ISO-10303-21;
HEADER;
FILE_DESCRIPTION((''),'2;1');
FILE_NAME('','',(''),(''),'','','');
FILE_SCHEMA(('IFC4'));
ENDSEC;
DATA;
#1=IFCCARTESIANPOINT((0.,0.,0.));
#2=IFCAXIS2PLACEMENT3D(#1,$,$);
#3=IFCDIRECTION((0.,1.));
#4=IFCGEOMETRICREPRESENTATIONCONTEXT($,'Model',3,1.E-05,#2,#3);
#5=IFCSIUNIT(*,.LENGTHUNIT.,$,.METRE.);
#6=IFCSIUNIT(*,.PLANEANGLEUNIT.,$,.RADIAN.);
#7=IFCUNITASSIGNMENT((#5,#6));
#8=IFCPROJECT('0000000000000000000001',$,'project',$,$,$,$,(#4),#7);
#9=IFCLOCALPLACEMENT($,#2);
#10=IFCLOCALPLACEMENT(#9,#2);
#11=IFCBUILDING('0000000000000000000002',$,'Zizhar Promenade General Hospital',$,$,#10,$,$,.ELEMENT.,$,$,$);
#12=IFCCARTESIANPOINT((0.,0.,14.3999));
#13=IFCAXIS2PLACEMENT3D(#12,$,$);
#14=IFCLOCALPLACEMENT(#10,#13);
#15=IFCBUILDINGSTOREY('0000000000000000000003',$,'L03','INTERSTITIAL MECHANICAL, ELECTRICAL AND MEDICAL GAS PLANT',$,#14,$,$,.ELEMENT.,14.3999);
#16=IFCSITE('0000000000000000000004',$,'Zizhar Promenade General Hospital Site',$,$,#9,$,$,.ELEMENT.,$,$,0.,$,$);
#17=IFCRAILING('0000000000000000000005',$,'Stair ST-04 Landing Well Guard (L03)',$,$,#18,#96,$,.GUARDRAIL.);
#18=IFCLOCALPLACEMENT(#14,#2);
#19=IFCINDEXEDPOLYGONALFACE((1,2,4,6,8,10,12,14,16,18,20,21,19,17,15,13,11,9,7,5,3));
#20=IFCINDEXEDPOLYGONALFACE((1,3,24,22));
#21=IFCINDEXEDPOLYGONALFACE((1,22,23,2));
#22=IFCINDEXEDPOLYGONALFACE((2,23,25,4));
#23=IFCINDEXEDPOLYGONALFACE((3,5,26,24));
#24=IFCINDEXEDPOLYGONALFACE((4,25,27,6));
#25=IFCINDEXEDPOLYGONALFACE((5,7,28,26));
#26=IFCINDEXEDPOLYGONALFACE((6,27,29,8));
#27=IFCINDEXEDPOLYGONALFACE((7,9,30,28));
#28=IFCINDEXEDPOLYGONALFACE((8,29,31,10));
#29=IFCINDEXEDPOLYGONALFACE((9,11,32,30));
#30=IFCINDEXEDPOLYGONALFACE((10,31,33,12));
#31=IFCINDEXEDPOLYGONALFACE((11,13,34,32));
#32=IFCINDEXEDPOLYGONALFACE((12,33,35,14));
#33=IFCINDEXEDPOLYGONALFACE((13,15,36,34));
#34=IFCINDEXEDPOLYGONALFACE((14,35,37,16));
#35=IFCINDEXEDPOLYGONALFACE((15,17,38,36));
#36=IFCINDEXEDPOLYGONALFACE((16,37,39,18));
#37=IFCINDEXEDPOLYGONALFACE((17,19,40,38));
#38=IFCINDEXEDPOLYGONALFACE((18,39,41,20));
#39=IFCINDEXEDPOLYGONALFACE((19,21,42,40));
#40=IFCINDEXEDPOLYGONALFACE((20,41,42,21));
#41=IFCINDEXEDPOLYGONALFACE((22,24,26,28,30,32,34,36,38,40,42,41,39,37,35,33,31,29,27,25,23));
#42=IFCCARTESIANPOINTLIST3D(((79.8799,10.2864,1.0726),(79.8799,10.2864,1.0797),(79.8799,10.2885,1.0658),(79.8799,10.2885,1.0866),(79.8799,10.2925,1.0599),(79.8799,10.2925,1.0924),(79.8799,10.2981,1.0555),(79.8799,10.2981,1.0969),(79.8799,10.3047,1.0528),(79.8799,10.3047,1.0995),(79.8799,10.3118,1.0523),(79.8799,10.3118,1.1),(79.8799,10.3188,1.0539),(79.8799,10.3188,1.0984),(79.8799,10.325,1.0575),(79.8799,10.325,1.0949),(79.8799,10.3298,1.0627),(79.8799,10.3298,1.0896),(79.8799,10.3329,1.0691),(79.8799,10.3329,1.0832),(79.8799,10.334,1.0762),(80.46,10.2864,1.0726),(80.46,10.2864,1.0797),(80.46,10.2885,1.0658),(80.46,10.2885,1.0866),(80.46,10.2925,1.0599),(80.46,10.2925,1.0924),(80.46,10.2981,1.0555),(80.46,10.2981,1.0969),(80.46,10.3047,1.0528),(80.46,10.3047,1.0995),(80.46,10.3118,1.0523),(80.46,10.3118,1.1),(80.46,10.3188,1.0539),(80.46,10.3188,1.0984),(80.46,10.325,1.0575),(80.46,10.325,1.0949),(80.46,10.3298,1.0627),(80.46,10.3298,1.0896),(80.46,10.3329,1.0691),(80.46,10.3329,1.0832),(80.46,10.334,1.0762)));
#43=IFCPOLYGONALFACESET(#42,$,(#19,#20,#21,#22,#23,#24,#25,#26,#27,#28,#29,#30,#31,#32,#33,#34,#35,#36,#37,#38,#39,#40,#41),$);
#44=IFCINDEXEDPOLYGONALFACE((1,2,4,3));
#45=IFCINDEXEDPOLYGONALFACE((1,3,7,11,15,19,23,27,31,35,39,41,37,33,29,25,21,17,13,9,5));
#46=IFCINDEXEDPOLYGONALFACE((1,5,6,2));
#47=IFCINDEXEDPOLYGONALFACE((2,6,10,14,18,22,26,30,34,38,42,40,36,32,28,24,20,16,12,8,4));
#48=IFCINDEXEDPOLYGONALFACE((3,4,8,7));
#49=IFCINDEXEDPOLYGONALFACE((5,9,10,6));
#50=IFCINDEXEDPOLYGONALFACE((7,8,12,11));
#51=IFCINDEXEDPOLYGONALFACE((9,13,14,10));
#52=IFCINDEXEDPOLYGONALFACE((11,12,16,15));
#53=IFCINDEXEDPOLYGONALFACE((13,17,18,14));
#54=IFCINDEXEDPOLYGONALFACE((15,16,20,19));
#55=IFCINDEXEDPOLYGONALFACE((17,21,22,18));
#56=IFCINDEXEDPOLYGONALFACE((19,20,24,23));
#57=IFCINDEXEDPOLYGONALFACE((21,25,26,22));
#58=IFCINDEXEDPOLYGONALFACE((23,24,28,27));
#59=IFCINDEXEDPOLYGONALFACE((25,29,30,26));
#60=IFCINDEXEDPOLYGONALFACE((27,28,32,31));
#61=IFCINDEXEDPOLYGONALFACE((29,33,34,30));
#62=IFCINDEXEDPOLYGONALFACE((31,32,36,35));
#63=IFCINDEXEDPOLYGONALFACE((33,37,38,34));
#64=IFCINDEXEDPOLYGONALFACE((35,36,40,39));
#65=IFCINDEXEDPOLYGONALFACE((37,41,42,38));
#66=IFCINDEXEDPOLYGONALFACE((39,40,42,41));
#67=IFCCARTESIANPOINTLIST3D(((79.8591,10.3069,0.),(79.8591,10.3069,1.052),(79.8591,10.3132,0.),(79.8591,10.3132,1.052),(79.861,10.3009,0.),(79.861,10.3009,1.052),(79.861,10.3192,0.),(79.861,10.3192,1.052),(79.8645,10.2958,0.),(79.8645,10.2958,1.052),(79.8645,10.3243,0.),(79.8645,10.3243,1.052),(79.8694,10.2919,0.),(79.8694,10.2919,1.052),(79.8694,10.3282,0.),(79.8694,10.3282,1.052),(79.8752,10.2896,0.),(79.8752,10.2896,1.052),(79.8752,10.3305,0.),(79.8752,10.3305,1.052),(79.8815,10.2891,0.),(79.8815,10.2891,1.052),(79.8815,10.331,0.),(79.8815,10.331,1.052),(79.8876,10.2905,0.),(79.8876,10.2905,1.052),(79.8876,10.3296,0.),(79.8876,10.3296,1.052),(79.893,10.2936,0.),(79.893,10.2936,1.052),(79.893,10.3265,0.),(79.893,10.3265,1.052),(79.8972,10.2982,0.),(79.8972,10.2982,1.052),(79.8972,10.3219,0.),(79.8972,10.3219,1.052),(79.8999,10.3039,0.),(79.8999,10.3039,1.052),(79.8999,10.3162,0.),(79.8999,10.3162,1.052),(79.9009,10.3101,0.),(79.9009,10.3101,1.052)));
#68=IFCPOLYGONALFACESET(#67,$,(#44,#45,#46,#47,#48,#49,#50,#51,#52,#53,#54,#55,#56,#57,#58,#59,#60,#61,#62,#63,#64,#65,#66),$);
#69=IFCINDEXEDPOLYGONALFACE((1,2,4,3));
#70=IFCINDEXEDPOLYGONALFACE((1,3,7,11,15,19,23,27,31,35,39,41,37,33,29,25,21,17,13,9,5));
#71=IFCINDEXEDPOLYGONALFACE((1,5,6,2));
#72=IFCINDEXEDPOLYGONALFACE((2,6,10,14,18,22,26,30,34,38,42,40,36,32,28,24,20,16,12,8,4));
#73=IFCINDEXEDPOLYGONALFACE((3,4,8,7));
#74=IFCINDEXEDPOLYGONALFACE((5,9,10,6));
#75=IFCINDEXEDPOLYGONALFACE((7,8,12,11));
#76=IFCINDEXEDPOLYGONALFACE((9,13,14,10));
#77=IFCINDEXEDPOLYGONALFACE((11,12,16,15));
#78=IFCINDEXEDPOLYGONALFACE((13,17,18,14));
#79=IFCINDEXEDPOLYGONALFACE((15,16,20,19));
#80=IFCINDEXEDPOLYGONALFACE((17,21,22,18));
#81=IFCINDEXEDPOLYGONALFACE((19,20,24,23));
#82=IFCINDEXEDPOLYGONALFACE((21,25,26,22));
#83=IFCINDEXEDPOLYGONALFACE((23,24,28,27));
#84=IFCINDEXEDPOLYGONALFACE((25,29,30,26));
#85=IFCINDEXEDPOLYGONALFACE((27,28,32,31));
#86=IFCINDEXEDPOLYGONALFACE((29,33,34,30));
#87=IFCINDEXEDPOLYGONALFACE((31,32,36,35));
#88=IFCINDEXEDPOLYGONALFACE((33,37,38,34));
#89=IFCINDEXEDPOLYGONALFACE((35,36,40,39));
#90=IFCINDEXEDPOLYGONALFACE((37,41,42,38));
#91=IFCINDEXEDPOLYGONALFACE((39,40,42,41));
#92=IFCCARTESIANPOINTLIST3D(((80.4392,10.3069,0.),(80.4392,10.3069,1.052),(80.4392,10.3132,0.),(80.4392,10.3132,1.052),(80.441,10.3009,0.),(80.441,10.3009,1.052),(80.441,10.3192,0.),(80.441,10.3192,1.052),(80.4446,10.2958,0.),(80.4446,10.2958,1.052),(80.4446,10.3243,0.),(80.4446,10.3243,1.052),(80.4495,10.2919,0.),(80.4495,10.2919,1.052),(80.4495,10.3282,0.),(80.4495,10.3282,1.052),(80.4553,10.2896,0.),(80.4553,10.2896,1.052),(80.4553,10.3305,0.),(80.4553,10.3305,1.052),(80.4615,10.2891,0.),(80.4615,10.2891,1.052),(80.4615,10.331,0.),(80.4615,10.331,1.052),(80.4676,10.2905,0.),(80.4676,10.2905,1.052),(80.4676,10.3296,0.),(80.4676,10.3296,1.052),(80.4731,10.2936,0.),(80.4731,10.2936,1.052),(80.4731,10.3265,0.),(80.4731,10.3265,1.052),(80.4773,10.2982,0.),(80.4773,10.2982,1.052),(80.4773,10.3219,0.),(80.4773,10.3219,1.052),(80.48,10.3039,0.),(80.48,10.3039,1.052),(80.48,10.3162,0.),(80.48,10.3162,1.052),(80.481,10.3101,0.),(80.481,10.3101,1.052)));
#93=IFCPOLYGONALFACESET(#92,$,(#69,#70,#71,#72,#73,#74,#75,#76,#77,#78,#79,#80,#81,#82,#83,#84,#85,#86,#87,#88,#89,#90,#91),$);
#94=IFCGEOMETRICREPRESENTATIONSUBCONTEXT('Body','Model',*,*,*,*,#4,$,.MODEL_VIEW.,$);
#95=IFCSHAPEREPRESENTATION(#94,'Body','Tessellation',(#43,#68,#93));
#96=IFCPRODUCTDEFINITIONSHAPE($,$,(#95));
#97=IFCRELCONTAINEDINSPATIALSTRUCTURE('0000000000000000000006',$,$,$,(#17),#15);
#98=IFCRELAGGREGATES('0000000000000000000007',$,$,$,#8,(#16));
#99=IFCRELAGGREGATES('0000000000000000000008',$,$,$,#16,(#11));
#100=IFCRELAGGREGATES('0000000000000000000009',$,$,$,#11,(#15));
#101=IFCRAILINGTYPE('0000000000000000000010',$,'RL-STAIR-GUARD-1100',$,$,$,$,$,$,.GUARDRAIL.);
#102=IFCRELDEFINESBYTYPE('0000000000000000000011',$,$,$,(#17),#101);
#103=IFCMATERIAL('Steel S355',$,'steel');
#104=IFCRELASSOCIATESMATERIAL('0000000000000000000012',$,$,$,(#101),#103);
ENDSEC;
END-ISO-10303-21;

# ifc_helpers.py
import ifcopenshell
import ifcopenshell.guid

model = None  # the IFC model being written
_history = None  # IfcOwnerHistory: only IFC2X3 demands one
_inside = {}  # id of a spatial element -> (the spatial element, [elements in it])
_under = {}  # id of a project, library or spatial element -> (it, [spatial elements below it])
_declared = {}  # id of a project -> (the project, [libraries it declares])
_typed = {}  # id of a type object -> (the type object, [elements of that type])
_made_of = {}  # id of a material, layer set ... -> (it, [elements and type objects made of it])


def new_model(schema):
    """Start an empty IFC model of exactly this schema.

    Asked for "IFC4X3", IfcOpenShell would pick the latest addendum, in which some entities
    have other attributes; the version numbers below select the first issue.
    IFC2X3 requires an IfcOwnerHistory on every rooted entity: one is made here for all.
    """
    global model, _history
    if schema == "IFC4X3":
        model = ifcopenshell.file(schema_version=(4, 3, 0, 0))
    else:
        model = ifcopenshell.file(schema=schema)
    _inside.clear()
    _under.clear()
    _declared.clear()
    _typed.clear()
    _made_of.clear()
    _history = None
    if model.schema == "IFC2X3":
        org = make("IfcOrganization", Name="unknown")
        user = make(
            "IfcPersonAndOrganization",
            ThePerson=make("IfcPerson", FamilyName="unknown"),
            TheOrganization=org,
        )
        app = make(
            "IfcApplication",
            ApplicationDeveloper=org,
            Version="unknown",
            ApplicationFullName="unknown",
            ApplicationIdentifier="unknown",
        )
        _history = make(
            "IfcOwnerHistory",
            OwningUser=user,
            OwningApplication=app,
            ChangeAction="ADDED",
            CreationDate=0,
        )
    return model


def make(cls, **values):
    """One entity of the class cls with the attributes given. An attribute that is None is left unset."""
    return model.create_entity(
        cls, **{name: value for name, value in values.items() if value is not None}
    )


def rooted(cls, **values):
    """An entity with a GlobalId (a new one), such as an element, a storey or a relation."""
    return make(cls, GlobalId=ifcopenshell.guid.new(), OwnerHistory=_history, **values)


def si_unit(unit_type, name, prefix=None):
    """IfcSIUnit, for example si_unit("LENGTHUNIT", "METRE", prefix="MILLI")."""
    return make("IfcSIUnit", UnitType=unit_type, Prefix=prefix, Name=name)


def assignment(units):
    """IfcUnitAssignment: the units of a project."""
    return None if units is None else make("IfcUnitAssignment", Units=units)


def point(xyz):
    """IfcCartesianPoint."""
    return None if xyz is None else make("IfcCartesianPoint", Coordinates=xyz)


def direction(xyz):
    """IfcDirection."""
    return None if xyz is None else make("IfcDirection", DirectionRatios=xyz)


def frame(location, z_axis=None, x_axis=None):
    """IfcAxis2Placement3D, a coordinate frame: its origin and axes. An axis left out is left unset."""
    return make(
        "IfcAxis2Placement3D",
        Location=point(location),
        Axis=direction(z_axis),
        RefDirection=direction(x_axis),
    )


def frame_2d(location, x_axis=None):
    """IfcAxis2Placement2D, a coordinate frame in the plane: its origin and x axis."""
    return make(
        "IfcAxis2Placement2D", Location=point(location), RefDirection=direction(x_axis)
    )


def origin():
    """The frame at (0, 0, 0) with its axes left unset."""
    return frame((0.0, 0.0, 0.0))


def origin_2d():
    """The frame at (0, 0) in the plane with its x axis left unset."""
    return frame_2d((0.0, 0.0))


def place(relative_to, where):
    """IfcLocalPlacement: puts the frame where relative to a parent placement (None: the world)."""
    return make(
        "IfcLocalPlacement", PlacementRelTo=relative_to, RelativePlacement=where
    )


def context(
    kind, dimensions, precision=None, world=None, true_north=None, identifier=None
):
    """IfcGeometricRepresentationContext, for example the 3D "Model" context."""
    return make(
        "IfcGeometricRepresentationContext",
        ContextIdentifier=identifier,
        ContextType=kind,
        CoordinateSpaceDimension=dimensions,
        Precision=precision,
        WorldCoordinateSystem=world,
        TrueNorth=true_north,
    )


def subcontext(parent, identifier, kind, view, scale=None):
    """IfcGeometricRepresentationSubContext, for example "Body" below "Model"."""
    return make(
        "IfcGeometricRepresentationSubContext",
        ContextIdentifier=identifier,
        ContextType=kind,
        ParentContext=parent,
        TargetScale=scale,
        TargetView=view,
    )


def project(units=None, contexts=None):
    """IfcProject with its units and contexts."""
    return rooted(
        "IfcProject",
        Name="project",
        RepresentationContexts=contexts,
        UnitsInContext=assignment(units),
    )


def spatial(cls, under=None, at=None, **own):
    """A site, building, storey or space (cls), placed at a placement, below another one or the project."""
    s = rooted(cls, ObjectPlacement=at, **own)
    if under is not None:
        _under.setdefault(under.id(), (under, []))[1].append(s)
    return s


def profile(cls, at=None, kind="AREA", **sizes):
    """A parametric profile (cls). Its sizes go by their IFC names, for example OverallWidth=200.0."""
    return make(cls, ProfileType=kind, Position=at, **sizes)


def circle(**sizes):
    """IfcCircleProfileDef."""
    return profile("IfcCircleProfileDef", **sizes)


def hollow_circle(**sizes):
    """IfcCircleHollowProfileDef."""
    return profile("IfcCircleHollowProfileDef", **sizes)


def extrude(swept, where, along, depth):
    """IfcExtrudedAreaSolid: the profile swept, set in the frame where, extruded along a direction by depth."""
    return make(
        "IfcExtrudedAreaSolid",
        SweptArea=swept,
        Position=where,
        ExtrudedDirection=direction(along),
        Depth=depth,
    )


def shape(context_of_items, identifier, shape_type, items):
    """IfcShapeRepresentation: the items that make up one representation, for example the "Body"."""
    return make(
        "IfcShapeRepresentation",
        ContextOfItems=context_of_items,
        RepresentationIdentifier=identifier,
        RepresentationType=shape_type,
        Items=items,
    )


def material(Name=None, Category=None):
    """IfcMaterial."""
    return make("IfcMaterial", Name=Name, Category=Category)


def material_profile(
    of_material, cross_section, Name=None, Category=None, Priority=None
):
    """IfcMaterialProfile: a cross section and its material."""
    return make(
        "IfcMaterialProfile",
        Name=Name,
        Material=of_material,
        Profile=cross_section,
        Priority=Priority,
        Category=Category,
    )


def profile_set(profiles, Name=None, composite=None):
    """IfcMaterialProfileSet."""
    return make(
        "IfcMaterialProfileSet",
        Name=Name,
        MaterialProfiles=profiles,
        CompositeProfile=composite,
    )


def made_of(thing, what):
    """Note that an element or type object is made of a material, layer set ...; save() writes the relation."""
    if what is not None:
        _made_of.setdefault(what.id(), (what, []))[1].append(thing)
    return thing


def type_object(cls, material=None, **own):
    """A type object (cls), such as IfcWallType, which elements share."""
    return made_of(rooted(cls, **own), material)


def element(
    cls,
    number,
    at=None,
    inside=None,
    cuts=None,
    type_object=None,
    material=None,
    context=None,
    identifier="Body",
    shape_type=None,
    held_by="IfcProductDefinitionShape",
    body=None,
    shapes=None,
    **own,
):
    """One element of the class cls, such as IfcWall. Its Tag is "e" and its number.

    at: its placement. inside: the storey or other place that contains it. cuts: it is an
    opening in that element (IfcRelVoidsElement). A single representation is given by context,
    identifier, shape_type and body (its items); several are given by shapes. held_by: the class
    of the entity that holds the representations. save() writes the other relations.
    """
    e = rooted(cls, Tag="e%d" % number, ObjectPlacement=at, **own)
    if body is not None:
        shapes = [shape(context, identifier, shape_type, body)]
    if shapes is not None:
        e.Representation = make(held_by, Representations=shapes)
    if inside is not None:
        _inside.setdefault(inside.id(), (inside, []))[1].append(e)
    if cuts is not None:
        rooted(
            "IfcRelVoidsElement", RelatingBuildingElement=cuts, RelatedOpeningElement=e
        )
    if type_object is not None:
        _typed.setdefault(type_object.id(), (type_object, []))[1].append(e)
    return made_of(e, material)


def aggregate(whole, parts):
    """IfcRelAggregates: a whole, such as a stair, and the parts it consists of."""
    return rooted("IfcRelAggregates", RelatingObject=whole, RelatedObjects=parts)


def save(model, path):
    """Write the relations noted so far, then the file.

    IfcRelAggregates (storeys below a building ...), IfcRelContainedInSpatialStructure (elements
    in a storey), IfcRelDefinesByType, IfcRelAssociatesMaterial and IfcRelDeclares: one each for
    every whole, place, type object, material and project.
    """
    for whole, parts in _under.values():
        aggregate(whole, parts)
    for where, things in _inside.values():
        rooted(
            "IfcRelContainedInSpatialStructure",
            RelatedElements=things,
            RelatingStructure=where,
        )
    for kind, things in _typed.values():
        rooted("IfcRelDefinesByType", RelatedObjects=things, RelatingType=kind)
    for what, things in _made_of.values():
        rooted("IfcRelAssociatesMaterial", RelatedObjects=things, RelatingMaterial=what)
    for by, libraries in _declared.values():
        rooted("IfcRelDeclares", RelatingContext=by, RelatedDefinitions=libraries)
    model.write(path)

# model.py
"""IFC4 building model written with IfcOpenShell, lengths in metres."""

from ifc_helpers import new_model, si_unit, direction, frame, origin, origin_2d, place, context, subcontext, project, spatial, circle, hollow_circle, extrude, material, material_profile, profile_set, type_object, element, save


model = new_model("IFC4")

# Units and contexts
model_context = context("Model", 3, precision=1e-05, world=origin(), true_north=direction((0.0, 1.0)))
body_context = subcontext(model_context, "Body", "Model", "MODEL_VIEW")
ifc_project = project(units=[si_unit("LENGTHUNIT", "METRE"), si_unit("PLANEANGLEUNIT", "RADIAN")], contexts=[model_context])

# Site, building, storey
site_placement = place(None, origin())
site = spatial("IfcSite", under=ifc_project, at=site_placement, Name="Zizhar Promenade General Hospital Site", CompositionType="ELEMENT", RefElevation=0.0)
building_placement = place(site_placement, origin())
building = spatial("IfcBuilding", under=site, at=building_placement, Name="Zizhar Promenade General Hospital", CompositionType="ELEMENT")
storey_placement = place(building_placement, frame((0.0, 0.0, 14.3999)))
storey = spatial("IfcBuildingStorey", under=building, at=storey_placement, Name="L03", Description="INTERSTITIAL MECHANICAL, ELECTRICAL AND MEDICAL GAS PLANT", CompositionType="ELEMENT", Elevation=14.3999)

# Railing
ifc_material_1 = material(Name="Steel S355", Category="steel")
ifc_material_profile_1 = material_profile(ifc_material_1, hollow_circle(Radius=0.0698, WallThickness=0.0063, at=origin_2d()))
ifc_profile_set_1 = profile_set([ifc_material_profile_1], Name="Steel S355")
railing_type_1 = type_object("IfcRailingType", Name="RL-STAIR-GUARD-1100", PredefinedType="GUARDRAIL", material=ifc_profile_set_1)
railing_1_placement = place(storey_placement, frame((79.8799, 10.3101, 0.0)))
element("IfcRailing", 1, at=railing_1_placement, inside=storey, type_object=railing_type_1, Name="Stair ST-04 Landing Well Guard (L03)", PredefinedType="GUARDRAIL", context=body_context, shape_type="SweptSolid", body=[
    extrude(circle(Radius=0.0239, at=origin_2d()), frame((0.0, 0.0, 1.0762), z_axis=(1.0, 0.0, 0.0), x_axis=(0.0, 1.0, 0.0)), (0.0, 0.0, 1.0), 0.5801),
    extrude(circle(Radius=0.021, at=origin_2d()), origin(), (0.0, 0.0, 1.0), 1.052),
    extrude(circle(Radius=0.021, at=origin_2d()), frame((0.5801, 0.0, 0.0)), (0.0, 0.0, 1.0), 1.052),
])

save(model, "model.ifc")
